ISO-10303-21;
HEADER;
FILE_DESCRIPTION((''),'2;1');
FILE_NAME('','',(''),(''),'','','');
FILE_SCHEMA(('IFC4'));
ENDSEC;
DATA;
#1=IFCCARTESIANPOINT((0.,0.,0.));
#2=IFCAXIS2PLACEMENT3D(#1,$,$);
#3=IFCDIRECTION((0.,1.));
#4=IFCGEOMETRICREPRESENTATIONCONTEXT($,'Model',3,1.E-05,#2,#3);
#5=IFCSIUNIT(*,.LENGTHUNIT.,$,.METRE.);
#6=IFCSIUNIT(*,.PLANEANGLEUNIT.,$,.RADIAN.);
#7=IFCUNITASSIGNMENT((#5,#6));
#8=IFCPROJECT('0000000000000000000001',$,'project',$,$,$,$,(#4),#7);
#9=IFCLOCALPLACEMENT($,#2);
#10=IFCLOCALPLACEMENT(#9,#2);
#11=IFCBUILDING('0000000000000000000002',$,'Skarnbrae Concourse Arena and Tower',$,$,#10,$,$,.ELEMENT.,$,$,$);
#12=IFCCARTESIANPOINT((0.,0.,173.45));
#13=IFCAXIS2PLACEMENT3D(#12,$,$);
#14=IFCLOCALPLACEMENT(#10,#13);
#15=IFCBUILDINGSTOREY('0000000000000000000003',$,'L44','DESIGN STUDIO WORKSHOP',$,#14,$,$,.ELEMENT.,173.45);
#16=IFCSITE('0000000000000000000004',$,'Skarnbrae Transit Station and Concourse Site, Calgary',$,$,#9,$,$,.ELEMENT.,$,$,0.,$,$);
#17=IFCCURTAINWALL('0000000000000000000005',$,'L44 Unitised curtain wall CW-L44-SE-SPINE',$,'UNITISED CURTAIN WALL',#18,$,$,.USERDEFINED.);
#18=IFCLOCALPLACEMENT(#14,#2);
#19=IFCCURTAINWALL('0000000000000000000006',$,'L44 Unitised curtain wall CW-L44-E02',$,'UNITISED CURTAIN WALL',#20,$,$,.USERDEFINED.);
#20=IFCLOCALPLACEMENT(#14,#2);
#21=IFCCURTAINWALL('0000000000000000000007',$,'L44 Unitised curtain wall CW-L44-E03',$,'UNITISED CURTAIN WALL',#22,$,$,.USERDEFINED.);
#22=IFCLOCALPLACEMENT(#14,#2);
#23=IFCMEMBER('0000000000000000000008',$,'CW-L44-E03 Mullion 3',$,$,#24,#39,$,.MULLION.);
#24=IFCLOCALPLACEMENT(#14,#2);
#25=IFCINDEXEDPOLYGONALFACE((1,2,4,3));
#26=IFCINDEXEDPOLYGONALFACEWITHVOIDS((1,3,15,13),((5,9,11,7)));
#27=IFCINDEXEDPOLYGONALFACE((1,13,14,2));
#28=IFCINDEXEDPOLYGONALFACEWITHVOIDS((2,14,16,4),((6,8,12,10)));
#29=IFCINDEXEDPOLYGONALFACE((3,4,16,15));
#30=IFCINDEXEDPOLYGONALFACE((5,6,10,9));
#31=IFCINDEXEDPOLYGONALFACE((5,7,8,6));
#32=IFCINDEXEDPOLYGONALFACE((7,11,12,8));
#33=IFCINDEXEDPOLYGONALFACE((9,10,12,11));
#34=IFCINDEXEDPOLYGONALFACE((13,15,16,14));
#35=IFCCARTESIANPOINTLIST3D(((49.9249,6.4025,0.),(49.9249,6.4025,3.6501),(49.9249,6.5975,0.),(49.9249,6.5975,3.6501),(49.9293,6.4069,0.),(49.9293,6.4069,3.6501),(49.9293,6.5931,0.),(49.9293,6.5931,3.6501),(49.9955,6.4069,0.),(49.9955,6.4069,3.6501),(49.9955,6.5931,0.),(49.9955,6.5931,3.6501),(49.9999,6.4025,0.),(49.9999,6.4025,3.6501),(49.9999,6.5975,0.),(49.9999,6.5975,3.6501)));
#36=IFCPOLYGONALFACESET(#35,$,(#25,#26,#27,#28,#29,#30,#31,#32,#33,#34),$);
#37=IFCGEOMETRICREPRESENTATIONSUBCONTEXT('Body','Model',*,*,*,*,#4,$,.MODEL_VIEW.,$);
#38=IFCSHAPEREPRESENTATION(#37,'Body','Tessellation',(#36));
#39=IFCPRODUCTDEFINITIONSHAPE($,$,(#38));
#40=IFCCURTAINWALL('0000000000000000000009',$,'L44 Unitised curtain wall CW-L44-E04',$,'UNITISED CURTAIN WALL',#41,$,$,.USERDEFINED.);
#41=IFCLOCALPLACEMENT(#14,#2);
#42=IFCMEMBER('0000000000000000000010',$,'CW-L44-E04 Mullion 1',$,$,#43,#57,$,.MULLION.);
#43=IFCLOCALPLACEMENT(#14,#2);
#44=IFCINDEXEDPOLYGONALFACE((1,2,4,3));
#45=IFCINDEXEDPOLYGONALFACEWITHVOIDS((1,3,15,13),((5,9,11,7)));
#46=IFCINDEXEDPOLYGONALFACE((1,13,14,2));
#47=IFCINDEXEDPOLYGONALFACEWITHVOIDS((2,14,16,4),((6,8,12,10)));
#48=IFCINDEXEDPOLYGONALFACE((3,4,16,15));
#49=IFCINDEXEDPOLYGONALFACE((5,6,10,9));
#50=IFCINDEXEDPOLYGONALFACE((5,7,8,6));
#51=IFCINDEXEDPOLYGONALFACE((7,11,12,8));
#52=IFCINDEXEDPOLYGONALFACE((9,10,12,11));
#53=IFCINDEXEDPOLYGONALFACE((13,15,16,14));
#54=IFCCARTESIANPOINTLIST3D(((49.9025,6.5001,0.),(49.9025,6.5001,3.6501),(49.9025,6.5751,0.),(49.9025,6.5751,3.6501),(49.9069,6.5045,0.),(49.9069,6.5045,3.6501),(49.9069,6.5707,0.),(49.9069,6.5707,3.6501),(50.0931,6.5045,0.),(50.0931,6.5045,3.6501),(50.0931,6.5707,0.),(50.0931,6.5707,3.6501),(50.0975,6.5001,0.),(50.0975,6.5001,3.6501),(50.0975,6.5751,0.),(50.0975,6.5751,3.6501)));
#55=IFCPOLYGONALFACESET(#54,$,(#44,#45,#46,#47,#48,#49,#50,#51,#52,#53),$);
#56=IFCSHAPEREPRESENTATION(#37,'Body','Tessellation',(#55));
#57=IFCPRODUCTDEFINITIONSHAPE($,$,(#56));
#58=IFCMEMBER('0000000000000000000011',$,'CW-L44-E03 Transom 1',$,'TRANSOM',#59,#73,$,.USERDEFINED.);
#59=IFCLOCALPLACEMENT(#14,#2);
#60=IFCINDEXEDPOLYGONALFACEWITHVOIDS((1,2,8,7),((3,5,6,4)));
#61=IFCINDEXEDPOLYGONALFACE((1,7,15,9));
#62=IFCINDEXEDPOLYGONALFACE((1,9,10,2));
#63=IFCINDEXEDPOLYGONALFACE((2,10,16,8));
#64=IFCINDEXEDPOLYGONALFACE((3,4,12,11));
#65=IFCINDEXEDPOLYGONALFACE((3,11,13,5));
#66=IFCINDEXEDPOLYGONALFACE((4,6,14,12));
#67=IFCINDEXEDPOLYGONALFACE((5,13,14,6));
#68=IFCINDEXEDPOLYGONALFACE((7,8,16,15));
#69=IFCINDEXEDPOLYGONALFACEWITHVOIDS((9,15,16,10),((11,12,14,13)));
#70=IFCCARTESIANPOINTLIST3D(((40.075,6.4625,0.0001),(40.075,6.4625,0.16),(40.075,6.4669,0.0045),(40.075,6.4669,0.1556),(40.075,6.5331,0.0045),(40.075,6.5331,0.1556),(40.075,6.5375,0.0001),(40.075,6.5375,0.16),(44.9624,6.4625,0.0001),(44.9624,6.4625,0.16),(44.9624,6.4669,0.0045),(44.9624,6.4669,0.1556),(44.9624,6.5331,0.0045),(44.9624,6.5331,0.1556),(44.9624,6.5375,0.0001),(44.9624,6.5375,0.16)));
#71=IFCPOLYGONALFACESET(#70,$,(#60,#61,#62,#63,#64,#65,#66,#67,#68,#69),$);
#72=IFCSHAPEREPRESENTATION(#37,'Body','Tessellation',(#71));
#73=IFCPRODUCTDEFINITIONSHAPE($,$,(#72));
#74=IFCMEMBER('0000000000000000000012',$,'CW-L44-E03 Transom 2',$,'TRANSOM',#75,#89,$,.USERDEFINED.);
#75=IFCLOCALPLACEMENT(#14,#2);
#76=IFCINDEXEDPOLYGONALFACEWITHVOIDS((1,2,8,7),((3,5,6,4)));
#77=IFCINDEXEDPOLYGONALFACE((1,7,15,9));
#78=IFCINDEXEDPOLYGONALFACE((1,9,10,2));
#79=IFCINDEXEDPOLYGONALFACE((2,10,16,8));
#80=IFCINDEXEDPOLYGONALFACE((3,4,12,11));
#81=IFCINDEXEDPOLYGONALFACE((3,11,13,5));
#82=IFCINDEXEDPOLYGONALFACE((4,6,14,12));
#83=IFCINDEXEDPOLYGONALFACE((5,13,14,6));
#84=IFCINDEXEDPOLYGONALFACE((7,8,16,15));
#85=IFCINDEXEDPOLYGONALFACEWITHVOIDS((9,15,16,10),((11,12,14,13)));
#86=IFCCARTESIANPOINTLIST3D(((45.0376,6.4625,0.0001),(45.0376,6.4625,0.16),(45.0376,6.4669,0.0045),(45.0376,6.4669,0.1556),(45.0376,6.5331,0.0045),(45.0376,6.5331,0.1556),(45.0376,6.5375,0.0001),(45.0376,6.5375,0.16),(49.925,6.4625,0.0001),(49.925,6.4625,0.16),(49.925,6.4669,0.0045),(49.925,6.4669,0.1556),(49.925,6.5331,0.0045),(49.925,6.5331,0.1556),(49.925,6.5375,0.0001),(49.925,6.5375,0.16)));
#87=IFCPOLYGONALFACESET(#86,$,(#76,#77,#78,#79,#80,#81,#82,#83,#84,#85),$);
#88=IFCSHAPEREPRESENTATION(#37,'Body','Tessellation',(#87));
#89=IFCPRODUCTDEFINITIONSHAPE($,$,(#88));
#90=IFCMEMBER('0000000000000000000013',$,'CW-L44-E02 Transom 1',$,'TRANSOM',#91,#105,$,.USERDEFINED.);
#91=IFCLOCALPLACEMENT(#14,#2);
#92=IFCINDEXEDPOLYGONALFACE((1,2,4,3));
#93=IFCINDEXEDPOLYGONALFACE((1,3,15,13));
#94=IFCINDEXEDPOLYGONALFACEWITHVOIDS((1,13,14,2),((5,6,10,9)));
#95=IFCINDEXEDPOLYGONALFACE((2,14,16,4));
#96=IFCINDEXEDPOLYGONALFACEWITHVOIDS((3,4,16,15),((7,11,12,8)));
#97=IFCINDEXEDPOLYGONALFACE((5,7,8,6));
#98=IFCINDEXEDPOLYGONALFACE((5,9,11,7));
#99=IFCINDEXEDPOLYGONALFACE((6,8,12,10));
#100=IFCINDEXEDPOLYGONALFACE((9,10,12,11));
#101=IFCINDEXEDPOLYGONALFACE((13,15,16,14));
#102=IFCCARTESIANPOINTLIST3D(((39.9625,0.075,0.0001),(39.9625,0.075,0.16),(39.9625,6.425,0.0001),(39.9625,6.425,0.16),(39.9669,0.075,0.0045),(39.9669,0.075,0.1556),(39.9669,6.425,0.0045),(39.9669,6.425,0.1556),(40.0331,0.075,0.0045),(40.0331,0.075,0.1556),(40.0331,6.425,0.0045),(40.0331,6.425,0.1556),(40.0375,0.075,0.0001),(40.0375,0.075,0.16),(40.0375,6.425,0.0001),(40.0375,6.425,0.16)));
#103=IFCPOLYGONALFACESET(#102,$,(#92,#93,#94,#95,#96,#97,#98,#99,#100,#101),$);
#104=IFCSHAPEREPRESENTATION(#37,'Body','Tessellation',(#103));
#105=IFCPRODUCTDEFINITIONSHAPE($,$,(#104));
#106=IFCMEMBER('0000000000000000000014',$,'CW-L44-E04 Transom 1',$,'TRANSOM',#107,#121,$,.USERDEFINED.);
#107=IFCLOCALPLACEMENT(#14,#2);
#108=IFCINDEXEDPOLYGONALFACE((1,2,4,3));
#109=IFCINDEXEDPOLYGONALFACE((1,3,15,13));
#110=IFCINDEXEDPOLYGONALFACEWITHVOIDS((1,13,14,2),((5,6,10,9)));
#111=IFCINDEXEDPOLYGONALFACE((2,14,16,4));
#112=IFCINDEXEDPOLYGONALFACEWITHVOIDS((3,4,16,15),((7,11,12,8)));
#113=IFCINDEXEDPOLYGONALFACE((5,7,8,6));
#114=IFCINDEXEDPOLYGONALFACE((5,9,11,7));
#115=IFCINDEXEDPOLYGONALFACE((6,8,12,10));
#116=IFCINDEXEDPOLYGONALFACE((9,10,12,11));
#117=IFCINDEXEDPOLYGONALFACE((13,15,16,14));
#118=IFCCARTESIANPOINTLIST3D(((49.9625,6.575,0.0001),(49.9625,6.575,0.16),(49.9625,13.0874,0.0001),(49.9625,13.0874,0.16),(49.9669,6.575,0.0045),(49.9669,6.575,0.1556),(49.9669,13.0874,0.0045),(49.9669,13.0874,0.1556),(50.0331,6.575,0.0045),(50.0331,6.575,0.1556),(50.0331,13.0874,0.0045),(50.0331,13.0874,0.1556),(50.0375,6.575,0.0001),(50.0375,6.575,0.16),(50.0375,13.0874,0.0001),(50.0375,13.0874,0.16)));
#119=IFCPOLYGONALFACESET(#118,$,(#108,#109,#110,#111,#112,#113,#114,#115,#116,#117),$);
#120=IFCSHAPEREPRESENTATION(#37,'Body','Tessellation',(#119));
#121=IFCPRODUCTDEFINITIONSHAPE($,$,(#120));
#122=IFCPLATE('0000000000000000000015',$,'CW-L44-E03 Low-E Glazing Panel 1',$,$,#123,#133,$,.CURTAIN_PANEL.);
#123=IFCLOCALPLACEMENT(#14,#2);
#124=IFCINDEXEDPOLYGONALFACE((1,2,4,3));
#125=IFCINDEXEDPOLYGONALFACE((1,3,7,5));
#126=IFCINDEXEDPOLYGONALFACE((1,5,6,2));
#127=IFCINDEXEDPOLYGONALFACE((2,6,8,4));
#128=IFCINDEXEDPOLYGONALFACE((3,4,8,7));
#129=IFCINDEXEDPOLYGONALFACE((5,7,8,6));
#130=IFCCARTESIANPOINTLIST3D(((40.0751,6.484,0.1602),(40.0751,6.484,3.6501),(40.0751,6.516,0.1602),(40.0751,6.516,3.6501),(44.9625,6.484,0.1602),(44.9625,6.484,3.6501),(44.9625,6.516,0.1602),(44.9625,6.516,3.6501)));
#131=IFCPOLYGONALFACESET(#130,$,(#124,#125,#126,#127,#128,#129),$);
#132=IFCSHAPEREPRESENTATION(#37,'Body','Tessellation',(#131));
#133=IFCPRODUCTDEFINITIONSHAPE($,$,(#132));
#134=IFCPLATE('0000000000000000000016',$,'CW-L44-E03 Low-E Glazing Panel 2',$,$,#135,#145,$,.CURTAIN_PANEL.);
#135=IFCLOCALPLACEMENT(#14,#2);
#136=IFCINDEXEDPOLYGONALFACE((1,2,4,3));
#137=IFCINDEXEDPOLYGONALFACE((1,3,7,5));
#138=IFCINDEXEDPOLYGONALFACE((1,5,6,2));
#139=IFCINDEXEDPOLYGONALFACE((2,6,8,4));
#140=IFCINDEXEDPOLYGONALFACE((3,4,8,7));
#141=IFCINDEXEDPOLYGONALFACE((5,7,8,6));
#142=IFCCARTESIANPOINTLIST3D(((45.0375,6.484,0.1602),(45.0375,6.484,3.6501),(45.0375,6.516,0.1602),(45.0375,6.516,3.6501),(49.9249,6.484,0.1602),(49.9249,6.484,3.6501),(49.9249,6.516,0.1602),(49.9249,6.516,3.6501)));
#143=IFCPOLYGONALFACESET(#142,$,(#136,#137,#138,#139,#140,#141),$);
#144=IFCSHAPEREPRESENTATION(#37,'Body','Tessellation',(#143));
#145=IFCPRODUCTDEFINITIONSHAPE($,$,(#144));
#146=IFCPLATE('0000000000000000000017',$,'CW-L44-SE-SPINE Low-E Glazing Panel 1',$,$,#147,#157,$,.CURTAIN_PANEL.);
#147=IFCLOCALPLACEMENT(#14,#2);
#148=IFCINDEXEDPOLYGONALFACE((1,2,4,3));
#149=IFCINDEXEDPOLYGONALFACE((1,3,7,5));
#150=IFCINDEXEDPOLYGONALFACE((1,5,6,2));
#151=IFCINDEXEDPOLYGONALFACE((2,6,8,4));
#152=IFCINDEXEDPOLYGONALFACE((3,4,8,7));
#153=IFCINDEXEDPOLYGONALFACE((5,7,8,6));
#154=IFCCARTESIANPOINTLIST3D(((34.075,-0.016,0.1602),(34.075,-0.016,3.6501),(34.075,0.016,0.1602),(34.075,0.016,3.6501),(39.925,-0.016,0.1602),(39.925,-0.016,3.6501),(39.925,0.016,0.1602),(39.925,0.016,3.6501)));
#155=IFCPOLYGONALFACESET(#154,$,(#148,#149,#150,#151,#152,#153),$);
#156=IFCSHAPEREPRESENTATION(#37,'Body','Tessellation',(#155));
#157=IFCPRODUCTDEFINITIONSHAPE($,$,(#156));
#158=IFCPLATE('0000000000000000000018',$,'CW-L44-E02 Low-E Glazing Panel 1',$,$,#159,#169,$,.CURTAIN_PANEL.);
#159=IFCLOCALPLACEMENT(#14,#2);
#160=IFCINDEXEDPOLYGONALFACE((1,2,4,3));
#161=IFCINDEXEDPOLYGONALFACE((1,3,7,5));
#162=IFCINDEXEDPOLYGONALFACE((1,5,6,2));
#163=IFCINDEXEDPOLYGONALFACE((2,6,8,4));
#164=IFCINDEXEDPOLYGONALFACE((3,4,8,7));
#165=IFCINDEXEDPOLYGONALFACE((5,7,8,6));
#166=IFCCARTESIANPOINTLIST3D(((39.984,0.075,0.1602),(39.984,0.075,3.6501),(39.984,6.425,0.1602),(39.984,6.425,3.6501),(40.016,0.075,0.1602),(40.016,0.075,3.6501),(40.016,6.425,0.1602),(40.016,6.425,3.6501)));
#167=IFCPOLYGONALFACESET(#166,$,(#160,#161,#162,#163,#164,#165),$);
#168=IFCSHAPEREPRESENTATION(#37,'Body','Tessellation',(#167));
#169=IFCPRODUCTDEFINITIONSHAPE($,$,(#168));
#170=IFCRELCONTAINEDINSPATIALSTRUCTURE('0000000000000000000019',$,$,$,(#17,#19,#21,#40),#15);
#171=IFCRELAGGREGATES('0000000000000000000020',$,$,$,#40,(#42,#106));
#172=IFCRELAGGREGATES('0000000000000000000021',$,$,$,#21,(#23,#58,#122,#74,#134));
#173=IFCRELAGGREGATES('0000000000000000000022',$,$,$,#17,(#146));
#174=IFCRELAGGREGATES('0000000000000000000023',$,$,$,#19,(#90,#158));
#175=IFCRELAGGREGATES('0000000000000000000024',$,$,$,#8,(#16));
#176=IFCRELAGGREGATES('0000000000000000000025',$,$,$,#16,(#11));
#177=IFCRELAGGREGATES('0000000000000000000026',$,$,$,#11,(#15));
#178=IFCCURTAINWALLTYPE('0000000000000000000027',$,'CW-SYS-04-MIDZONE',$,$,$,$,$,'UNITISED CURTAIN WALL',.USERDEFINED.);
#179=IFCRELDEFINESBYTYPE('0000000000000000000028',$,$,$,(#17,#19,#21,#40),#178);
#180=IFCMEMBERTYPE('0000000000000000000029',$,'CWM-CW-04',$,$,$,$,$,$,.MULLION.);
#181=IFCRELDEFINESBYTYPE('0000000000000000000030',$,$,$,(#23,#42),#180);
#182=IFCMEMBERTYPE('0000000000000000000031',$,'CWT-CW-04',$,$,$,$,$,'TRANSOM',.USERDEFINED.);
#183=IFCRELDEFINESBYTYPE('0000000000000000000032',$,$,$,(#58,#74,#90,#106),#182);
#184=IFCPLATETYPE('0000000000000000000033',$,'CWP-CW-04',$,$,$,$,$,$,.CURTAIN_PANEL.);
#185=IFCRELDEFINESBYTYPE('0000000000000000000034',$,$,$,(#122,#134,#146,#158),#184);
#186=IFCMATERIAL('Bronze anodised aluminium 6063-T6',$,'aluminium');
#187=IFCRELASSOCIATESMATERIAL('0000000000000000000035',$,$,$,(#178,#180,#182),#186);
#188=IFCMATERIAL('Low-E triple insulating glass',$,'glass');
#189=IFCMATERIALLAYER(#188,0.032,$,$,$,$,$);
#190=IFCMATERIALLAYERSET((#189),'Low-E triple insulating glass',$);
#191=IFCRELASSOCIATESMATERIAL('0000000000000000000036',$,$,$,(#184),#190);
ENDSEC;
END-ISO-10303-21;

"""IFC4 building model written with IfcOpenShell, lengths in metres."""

from ifc_helpers import new_model, si_unit, direction, frame, origin, origin_2d, place, context, subcontext, project, spatial, rectangle, hollow_rectangle, extrude, source, transform, mapped, material, layer, layer_set, material_profile, profile_set, type_object, element, aggregate, save


model = new_model("IFC4")

# Units and contexts
model_context = context("Model", 3, precision=1e-05, world=origin(), true_north=direction((0.0, 1.0)))
body_context = subcontext(model_context, "Body", "Model", "MODEL_VIEW")
ifc_project = project(units=[si_unit("LENGTHUNIT", "METRE"), si_unit("PLANEANGLEUNIT", "RADIAN")], contexts=[model_context])

# Site, building, storey
site_placement = place(None, origin())
site = spatial("IfcSite", under=ifc_project, at=site_placement, Name="Skarnbrae Transit Station and Concourse Site, Calgary", CompositionType="ELEMENT", RefElevation=0.0)
building_placement = place(site_placement, origin())
building = spatial("IfcBuilding", under=site, at=building_placement, Name="Skarnbrae Concourse Arena and Tower", CompositionType="ELEMENT")
storey_placement = place(building_placement, frame((0.0, 0.0, 173.45)))
storey = spatial("IfcBuildingStorey", under=building, at=storey_placement, Name="L44", Description="DESIGN STUDIO WORKSHOP", CompositionType="ELEMENT", Elevation=173.45)

# Curtain wall
ifc_material_1 = material(Name="Bronze anodised aluminium 6063-T6", Category="aluminium")
curtain_wall_type = type_object("IfcCurtainWallType", Name="CW-SYS-04-MIDZONE", ElementType="UNITISED CURTAIN WALL", PredefinedType="USERDEFINED", material=ifc_material_1)
curtain_wall_1_placement = place(storey_placement, origin())
curtain_wall_1 = element("IfcCurtainWall", 1, at=curtain_wall_1_placement, inside=storey, type_object=curtain_wall_type, Name="L44 Unitised curtain wall CW-L44-SE-SPINE", ObjectType="UNITISED CURTAIN WALL", PredefinedType="USERDEFINED")
ifc_material_profile_1 = material_profile(ifc_material_1, hollow_rectangle(XDim=0.075, YDim=0.1951, WallThickness=0.0044, at=origin_2d()), Name="ALU-MULL-75X195")
ifc_profile_set_1 = profile_set([ifc_material_profile_1], Name="Bronze anodised aluminium 6063-T6")
member_type_1 = type_object("IfcMemberType", Name="CWM-CW-04", PredefinedType="MULLION", material=ifc_profile_set_1)
shared_shape_1 = source(origin(), body_context, "Body", "SweptSolid", [
    extrude(hollow_rectangle(XDim=0.075, YDim=0.1951, WallThickness=0.0044, at=origin_2d()), origin(), (0.0, 0.0, 1.0), 3.6501),
])

# Curtain walls, member
curtain_wall_2_placement = place(storey_placement, origin())
curtain_wall_2 = element("IfcCurtainWall", 2, at=curtain_wall_2_placement, inside=storey, type_object=curtain_wall_type, Name="L44 Unitised curtain wall CW-L44-E02", ObjectType="UNITISED CURTAIN WALL", PredefinedType="USERDEFINED")
curtain_wall_3_placement = place(storey_placement, origin())
curtain_wall_3 = element("IfcCurtainWall", 3, at=curtain_wall_3_placement, inside=storey, type_object=curtain_wall_type, Name="L44 Unitised curtain wall CW-L44-E03", ObjectType="UNITISED CURTAIN WALL", PredefinedType="USERDEFINED")
member_1_placement = place(storey_placement, frame((49.9624, 6.5, 0.0), z_axis=(0.0, 0.0, 1.0), x_axis=(1.0, 0.0, 0.0)))
member_1 = element("IfcMember", 4, at=member_1_placement, type_object=member_type_1, Name="CW-L44-E03 Mullion 3", PredefinedType="MULLION", context=body_context, shape_type="MappedRepresentation", body=[
    mapped(shared_shape_1, transform((0.0, 0.0, 0.0))),
])

# Curtain wall, member
curtain_wall_4_placement = place(storey_placement, origin())
curtain_wall_4 = element("IfcCurtainWall", 5, at=curtain_wall_4_placement, inside=storey, type_object=curtain_wall_type, Name="L44 Unitised curtain wall CW-L44-E04", ObjectType="UNITISED CURTAIN WALL", PredefinedType="USERDEFINED")
member_2_placement = place(storey_placement, frame((50.0, 6.5376, 0.0), z_axis=(0.0, 0.0, 1.0), x_axis=(0.0, 1.0, 0.0)))
member_2 = element("IfcMember", 6, at=member_2_placement, type_object=member_type_1, Name="CW-L44-E04 Mullion 1", PredefinedType="MULLION", context=body_context, shape_type="MappedRepresentation", body=[
    mapped(shared_shape_1, transform((0.0, 0.0, 0.0))),
])

# Members
ifc_material_profile_2 = material_profile(ifc_material_1, hollow_rectangle(XDim=0.075, YDim=0.1599, WallThickness=0.0044, at=origin_2d()), Name="ALU-TRAN-75X160")
ifc_profile_set_2 = profile_set([ifc_material_profile_2], Name="Bronze anodised aluminium 6063-T6")
member_type_2 = type_object("IfcMemberType", Name="CWT-CW-04", ElementType="TRANSOM", PredefinedType="USERDEFINED", material=ifc_profile_set_2)
shared_shape_2 = source(origin(), body_context, "Body", "SweptSolid", [
    extrude(hollow_rectangle(XDim=0.075, YDim=0.1599, WallThickness=0.0044, at=origin_2d()), origin(), (0.0, 0.0, 1.0), 4.8875),
])
member_3_placement = place(storey_placement, frame((40.075, 6.5, 0.0801), z_axis=(1.0, 0.0, 0.0), x_axis=(0.0, 1.0, 0.0)))
member_3 = element("IfcMember", 7, at=member_3_placement, type_object=member_type_2, Name="CW-L44-E03 Transom 1", ObjectType="TRANSOM", PredefinedType="USERDEFINED", context=body_context, shape_type="MappedRepresentation", body=[
    mapped(shared_shape_2, transform((0.0, 0.0, 0.0))),
])
member_4_placement = place(storey_placement, frame((45.0376, 6.5, 0.0801), z_axis=(1.0, 0.0, 0.0), x_axis=(0.0, 1.0, 0.0)))
member_4 = element("IfcMember", 8, at=member_4_placement, type_object=member_type_2, Name="CW-L44-E03 Transom 2", ObjectType="TRANSOM", PredefinedType="USERDEFINED", context=body_context, shape_type="MappedRepresentation", body=[
    mapped(shared_shape_2, transform((0.0, 0.0, 0.0))),
])
shared_shape_3 = source(origin(), body_context, "Body", "SweptSolid", [
    extrude(hollow_rectangle(XDim=0.075, YDim=0.1599, WallThickness=0.0044, at=origin_2d()), origin(), (0.0, 0.0, 1.0), 6.3501),
])
member_5_placement = place(storey_placement, frame((40.0, 0.075, 0.0801), z_axis=(0.0, 1.0, 0.0), x_axis=(-1.0, 0.0, 0.0)))
member_5 = element("IfcMember", 9, at=member_5_placement, type_object=member_type_2, Name="CW-L44-E02 Transom 1", ObjectType="TRANSOM", PredefinedType="USERDEFINED", context=body_context, shape_type="MappedRepresentation", body=[
    mapped(shared_shape_3, transform((0.0, 0.0, 0.0))),
])
shared_shape_4 = source(origin(), body_context, "Body", "SweptSolid", [
    extrude(hollow_rectangle(XDim=0.075, YDim=0.1599, WallThickness=0.0044, at=origin_2d()), origin(), (0.0, 0.0, 1.0), 6.5125),
])
member_6_placement = place(storey_placement, frame((50.0, 6.575, 0.0801), z_axis=(0.0, 1.0, 0.0), x_axis=(-1.0, 0.0, 0.0)))
member_6 = element("IfcMember", 10, at=member_6_placement, type_object=member_type_2, Name="CW-L44-E04 Transom 1", ObjectType="TRANSOM", PredefinedType="USERDEFINED", context=body_context, shape_type="MappedRepresentation", body=[
    mapped(shared_shape_4, transform((0.0, 0.0, 0.0))),
])
aggregate(curtain_wall_4, [member_2, member_6])

# Plates
ifc_material_2 = material(Name="Low-E triple insulating glass", Category="glass")
ifc_layer = layer(ifc_material_2, 0.032)
ifc_layer_set = layer_set([ifc_layer], Name="Low-E triple insulating glass")
plate_type = type_object("IfcPlateType", Name="CWP-CW-04", PredefinedType="CURTAIN_PANEL", material=ifc_layer_set)
shared_shape_5 = source(origin(), body_context, "Body", "SweptSolid", [
    extrude(rectangle(XDim=4.8875, YDim=0.032, at=origin_2d()), origin(), (0.0, 0.0, 1.0), 3.49),
])
plate_1_placement = place(storey_placement, frame((42.5188, 6.5, 0.1602), z_axis=(0.0, 0.0, 1.0), x_axis=(1.0, 0.0, 0.0)))
plate_1 = element("IfcPlate", 11, at=plate_1_placement, type_object=plate_type, Name="CW-L44-E03 Low-E Glazing Panel 1", PredefinedType="CURTAIN_PANEL", context=body_context, shape_type="MappedRepresentation", body=[
    mapped(shared_shape_5, transform((0.0, 0.0, 0.0))),
])
plate_2_placement = place(storey_placement, frame((47.4812, 6.5, 0.1602), z_axis=(0.0, 0.0, 1.0), x_axis=(1.0, 0.0, 0.0)))
plate_2 = element("IfcPlate", 12, at=plate_2_placement, type_object=plate_type, Name="CW-L44-E03 Low-E Glazing Panel 2", PredefinedType="CURTAIN_PANEL", context=body_context, shape_type="MappedRepresentation", body=[
    mapped(shared_shape_5, transform((0.0, 0.0, 0.0))),
])
aggregate(curtain_wall_3, [member_1, member_3, plate_1, member_4, plate_2])
shared_shape_6 = source(origin(), body_context, "Body", "SweptSolid", [
    extrude(rectangle(XDim=5.8501, YDim=0.032, at=origin_2d()), origin(), (0.0, 0.0, 1.0), 3.49),
])
plate_3_placement = place(storey_placement, frame((37.0, 0.0, 0.1602), z_axis=(0.0, 0.0, 1.0), x_axis=(1.0, 0.0, 0.0)))
plate_3 = element("IfcPlate", 13, at=plate_3_placement, type_object=plate_type, Name="CW-L44-SE-SPINE Low-E Glazing Panel 1", PredefinedType="CURTAIN_PANEL", context=body_context, shape_type="MappedRepresentation", body=[
    mapped(shared_shape_6, transform((0.0, 0.0, 0.0))),
])
aggregate(curtain_wall_1, [plate_3])
shared_shape_7 = source(origin(), body_context, "Body", "SweptSolid", [
    extrude(rectangle(XDim=6.3501, YDim=0.032, at=origin_2d()), origin(), (0.0, 0.0, 1.0), 3.49),
])
plate_4_placement = place(storey_placement, frame((40.0, 3.25, 0.1602), z_axis=(0.0, 0.0, 1.0), x_axis=(0.0, 1.0, 0.0)))
plate_4 = element("IfcPlate", 14, at=plate_4_placement, type_object=plate_type, Name="CW-L44-E02 Low-E Glazing Panel 1", PredefinedType="CURTAIN_PANEL", context=body_context, shape_type="MappedRepresentation", body=[
    mapped(shared_shape_7, transform((0.0, 0.0, 0.0))),
])
aggregate(curtain_wall_2, [member_5, plate_4])

save(model, "model.ifc")
